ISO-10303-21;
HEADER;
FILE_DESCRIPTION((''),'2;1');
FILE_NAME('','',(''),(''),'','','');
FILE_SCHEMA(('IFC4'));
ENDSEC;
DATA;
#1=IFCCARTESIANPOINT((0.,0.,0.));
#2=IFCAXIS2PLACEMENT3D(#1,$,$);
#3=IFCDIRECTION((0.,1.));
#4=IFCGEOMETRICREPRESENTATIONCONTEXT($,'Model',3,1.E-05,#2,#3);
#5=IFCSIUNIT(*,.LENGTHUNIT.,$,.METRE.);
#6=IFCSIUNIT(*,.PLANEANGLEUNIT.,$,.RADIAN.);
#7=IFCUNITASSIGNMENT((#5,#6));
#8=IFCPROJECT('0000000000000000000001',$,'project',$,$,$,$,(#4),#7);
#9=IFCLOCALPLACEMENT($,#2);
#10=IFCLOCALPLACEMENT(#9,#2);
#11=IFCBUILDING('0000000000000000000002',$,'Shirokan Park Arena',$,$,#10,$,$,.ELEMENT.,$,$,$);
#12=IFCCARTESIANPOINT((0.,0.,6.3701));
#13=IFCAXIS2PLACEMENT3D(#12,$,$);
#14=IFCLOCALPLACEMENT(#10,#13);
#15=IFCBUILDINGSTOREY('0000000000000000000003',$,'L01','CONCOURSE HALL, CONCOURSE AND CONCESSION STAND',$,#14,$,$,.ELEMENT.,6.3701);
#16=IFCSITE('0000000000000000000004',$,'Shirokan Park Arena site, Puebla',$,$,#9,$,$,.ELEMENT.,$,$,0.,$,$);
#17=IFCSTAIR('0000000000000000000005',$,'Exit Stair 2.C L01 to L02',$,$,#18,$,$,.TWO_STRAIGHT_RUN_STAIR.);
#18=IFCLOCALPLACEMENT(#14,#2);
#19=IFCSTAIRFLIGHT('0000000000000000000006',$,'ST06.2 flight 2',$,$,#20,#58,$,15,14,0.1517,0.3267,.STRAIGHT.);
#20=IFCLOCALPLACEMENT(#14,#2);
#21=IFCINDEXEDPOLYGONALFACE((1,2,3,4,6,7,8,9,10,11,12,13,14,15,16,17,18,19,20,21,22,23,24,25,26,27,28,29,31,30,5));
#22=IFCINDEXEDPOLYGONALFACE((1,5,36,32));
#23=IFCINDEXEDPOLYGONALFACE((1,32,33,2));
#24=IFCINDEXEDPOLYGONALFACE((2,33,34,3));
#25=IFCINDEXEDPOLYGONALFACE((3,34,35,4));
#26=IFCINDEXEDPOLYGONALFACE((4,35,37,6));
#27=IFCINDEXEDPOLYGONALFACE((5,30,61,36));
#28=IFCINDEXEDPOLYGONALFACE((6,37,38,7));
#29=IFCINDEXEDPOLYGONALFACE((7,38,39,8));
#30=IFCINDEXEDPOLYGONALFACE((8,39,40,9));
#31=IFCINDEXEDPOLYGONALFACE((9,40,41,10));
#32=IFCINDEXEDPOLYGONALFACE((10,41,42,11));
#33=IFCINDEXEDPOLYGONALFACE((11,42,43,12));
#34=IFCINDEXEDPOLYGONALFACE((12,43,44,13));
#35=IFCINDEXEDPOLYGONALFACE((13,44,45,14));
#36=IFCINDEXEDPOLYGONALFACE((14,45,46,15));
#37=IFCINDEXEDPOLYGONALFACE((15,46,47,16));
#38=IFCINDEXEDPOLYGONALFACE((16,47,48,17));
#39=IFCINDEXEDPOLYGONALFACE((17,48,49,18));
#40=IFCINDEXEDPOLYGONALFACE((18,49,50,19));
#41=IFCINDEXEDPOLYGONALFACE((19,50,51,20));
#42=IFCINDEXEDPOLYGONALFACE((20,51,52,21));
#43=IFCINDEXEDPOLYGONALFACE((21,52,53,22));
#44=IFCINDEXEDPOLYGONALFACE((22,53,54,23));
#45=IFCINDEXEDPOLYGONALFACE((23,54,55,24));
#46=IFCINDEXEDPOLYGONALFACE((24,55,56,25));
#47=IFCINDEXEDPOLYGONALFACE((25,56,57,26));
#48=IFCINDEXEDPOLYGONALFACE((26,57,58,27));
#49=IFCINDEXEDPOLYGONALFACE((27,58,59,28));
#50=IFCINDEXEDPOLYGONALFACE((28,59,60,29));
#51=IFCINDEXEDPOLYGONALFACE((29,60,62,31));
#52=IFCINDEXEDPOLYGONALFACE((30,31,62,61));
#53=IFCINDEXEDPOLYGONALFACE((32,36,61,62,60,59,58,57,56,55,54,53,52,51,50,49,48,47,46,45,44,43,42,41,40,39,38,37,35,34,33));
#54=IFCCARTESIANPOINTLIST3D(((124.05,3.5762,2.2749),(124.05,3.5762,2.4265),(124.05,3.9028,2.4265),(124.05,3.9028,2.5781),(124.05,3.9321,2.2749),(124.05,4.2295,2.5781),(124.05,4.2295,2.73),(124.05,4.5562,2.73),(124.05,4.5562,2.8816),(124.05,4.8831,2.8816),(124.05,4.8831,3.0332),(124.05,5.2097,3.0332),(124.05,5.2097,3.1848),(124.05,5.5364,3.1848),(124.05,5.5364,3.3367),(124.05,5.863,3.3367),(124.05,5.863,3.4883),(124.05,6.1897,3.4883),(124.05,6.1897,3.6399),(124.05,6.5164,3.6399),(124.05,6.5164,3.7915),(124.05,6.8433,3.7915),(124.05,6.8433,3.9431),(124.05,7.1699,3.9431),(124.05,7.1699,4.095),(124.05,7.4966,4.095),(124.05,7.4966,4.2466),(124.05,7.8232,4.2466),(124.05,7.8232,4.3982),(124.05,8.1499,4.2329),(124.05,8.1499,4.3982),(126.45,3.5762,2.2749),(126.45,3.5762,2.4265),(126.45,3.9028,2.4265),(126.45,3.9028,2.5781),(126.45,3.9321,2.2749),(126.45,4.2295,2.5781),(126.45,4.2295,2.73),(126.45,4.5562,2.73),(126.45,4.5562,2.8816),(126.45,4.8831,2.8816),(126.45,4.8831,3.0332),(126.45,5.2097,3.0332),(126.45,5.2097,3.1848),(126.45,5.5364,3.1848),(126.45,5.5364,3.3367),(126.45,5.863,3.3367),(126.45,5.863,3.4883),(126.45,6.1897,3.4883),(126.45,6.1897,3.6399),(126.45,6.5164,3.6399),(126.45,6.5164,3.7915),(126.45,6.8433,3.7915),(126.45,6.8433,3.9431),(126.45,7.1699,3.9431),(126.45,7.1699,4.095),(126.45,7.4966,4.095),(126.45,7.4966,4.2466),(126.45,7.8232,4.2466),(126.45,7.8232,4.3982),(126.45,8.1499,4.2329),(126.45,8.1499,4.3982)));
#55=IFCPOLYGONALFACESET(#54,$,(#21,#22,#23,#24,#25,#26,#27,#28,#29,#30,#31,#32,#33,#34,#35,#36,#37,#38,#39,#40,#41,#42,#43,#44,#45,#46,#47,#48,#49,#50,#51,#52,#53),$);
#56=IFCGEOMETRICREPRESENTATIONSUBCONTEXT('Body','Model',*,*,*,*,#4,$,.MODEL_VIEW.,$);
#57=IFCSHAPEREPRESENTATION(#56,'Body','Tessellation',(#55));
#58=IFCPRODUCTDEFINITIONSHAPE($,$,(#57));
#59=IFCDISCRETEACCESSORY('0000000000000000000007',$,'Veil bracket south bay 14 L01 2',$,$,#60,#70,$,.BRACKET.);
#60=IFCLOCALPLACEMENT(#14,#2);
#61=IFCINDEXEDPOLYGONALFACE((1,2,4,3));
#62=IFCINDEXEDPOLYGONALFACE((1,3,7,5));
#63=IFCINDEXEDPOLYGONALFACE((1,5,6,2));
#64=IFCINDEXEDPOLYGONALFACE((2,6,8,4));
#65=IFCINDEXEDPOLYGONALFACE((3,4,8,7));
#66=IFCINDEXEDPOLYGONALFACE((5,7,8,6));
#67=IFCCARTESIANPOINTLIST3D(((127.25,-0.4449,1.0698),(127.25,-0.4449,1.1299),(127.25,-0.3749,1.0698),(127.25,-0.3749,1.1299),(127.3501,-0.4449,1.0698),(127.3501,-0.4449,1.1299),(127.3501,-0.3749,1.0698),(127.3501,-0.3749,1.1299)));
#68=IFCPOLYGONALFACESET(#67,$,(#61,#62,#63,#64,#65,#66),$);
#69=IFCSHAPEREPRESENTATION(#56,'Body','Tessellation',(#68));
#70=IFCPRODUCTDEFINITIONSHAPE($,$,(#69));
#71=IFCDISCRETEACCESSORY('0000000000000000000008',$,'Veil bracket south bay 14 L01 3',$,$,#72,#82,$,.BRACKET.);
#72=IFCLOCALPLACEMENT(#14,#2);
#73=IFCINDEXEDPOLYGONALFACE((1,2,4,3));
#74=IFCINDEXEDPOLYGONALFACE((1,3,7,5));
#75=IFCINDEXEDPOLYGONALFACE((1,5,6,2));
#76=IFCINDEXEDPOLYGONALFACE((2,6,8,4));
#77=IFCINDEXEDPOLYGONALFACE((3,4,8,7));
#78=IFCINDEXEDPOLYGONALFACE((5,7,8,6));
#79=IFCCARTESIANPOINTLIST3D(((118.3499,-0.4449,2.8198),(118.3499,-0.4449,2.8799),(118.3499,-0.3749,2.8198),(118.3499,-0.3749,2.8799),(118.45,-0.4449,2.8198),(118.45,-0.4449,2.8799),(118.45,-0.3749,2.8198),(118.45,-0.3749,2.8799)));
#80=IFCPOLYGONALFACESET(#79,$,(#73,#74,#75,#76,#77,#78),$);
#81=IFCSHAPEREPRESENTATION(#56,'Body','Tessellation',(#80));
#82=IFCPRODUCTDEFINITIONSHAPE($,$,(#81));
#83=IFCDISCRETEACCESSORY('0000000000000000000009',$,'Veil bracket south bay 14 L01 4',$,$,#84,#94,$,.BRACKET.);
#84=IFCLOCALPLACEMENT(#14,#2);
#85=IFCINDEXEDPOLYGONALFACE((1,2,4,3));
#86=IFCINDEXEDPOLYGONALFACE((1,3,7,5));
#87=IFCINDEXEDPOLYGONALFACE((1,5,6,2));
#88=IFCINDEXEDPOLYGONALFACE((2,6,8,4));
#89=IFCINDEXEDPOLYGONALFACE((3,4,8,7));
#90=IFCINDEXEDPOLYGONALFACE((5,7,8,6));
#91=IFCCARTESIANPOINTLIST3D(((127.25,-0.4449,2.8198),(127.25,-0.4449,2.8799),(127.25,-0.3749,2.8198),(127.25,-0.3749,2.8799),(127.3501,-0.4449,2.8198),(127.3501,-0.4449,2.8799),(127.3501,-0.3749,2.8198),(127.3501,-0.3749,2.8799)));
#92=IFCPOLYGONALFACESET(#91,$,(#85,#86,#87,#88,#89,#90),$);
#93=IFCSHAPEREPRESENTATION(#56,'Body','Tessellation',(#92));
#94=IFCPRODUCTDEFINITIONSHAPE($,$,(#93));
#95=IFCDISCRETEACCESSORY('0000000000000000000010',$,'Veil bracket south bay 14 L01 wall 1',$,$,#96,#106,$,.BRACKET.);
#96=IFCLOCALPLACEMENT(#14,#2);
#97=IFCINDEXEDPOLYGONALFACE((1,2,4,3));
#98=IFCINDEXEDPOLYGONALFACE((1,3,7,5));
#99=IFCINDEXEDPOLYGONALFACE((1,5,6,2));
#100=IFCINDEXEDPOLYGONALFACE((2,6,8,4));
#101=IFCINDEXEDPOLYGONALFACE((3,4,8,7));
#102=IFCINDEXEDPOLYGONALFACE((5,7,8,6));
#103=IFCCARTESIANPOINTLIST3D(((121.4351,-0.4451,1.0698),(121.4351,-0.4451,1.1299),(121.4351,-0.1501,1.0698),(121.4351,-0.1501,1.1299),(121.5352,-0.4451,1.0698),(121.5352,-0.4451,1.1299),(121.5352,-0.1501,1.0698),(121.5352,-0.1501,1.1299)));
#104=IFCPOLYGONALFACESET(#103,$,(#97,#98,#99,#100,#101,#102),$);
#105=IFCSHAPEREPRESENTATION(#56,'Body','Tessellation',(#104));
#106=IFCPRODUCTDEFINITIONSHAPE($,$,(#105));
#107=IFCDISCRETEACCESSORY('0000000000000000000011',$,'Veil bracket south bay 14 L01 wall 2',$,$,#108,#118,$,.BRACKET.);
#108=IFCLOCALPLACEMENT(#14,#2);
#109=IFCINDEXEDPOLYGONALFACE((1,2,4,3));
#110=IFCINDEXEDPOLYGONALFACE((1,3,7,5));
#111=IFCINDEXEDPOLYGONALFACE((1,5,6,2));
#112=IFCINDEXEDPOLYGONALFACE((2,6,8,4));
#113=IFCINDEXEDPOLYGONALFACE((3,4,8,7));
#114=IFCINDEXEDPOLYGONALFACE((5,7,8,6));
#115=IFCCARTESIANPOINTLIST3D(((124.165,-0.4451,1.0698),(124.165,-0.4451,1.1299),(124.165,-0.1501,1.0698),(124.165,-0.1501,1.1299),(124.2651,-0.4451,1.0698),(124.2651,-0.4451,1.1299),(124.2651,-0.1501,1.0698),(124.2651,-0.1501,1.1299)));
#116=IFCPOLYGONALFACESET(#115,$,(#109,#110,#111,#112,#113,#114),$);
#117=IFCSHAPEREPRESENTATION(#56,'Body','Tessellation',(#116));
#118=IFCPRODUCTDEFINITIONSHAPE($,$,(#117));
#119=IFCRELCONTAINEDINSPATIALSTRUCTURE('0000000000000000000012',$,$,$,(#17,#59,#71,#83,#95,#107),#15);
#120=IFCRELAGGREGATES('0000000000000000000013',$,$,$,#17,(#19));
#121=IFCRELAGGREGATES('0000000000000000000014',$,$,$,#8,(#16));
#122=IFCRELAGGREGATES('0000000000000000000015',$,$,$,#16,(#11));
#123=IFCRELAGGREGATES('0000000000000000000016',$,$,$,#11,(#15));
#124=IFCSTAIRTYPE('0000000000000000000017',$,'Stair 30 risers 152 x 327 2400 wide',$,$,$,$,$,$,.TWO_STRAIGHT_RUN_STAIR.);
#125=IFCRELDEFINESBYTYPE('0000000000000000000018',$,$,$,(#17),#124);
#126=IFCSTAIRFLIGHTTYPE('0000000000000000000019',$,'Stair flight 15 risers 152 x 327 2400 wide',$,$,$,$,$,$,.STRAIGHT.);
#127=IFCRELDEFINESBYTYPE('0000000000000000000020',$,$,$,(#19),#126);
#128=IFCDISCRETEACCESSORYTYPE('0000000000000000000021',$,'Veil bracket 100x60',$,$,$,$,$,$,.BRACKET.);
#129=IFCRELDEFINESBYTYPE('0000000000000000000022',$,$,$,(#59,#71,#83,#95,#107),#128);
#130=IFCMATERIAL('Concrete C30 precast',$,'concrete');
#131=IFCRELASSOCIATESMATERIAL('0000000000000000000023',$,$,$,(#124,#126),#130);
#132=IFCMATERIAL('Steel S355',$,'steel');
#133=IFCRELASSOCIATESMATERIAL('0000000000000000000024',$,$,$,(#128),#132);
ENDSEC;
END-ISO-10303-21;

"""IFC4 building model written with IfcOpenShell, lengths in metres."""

from ifc_helpers import new_model, si_unit, direction, frame, origin, origin_2d, place, context, subcontext, project, spatial, polyline, rectangle, outline, extrude, material, type_object, element, aggregate, save


model = new_model("IFC4")

# Units and contexts
model_context = context("Model", 3, precision=1e-05, world=origin(), true_north=direction((0.0, 1.0)))
body_context = subcontext(model_context, "Body", "Model", "MODEL_VIEW")
ifc_project = project(units=[si_unit("LENGTHUNIT", "METRE"), si_unit("PLANEANGLEUNIT", "RADIAN")], contexts=[model_context])

# Site, building, storey
site_placement = place(None, origin())
site = spatial("IfcSite", under=ifc_project, at=site_placement, Name="Shirokan Park Arena site, Puebla", CompositionType="ELEMENT", RefElevation=0.0)
building_placement = place(site_placement, origin())
building = spatial("IfcBuilding", under=site, at=building_placement, Name="Shirokan Park Arena", CompositionType="ELEMENT")
storey_placement = place(building_placement, frame((0.0, 0.0, 6.3701)))
storey = spatial("IfcBuildingStorey", under=building, at=storey_placement, Name="L01", Description="CONCOURSE HALL, CONCOURSE AND CONCESSION STAND", CompositionType="ELEMENT", Elevation=6.3701)

# Stair, stair flight
ifc_material_1 = material(Name="Concrete C30 precast", Category="concrete")
stair_type = type_object("IfcStairType", Name="Stair 30 risers 152 x 327 2400 wide", PredefinedType="TWO_STRAIGHT_RUN_STAIR", material=ifc_material_1)
stair_placement = place(storey_placement, origin())
stair = element("IfcStair", 1, at=stair_placement, inside=storey, type_object=stair_type, Name="Exit Stair 2.C L01 to L02", PredefinedType="TWO_STRAIGHT_RUN_STAIR")
stair_flight_type = type_object("IfcStairFlightType", Name="Stair flight 15 risers 152 x 327 2400 wide", PredefinedType="STRAIGHT", material=ifc_material_1)
stair_flight_1_placement = place(storey_placement, frame((125.25, 3.5762, 2.2749), z_axis=(0.0, 0.0, 1.0), x_axis=(0.0, 1.0, 0.0)))
stair_flight_1 = element("IfcStairFlight", 2, at=stair_flight_1_placement, type_object=stair_flight_type, Name="ST06.2 flight 2", NumberOfRisers=15, NumberOfTreads=14, PredefinedType="STRAIGHT", RiserHeight=0.1517, TreadLength=0.3267, context=body_context, shape_type="SweptSolid", body=[
    extrude(outline(polyline([(0.0, 0.0), (0.0, 0.1516), (0.3267, 0.1516), (0.3267, 0.3032), (0.6533, 0.3032), (0.6533, 0.4551), (0.98, 0.4551), (0.98, 0.6067), (1.3069, 0.6067), (1.3069, 0.7583), (1.6335, 0.7583), (1.6335, 0.9099), (1.9602, 0.9099), (1.9602, 1.0618), (2.2869, 1.0618), (2.2869, 1.2134), (2.6135, 1.2134), (2.6135, 1.365), (2.9402, 1.365), (2.9402, 1.5166), (3.2671, 1.5166), (3.2671, 1.6682), (3.5938, 1.6682), (3.5938, 1.8201), (3.9204, 1.8201), (3.9204, 1.9717), (4.2471, 1.9717), (4.2471, 2.1233), (4.5737, 2.1233), (4.5737, 2.2749), (4.5737, 1.958), (0.356, 0.0), (0.0, 0.0)])), frame((0.0, 1.2, 0.0), z_axis=(0.0, -1.0, 0.0), x_axis=(1.0, 0.0, 0.0)), (0.0, 0.0, 1.0), 2.3999),
])
aggregate(stair, [stair_flight_1])

# Discrete accessories
ifc_material_2 = material(Name="Steel S355", Category="steel")
discrete_accessory_type = type_object("IfcDiscreteAccessoryType", Name="Veil bracket 100x60", PredefinedType="BRACKET", material=ifc_material_2)
for number, where, z_axis, x_axis, name in (
    (3, (127.3, -0.4099, 1.0698), (0.0, 0.0, 1.0), (1.0, 0.0, 0.0), "Veil bracket south bay 14 L01 2"),
    (4, (118.3999, -0.4099, 2.8198), (0.0, 0.0, 1.0), (1.0, 0.0, 0.0), "Veil bracket south bay 14 L01 3"),
    (5, (127.3, -0.4099, 2.8198), (0.0, 0.0, 1.0), (1.0, 0.0, 0.0), "Veil bracket south bay 14 L01 4"),
):
    element("IfcDiscreteAccessory", number, at=place(storey_placement, frame(where, z_axis=z_axis, x_axis=x_axis)), inside=storey, type_object=discrete_accessory_type, Name=name, PredefinedType="BRACKET", context=body_context, shape_type="SweptSolid", body=[
        extrude(rectangle(XDim=0.1001, YDim=0.0701, at=origin_2d()), origin(), (0.0, 0.0, 1.0), 0.0601),
    ])
for number, where, z_axis, x_axis, name in (
    (6, (121.4851, -0.2976, 1.0698), (0.0, 0.0, 1.0), (1.0, 0.0, 0.0), "Veil bracket south bay 14 L01 wall 1"),
    (7, (124.2151, -0.2976, 1.0698), (0.0, 0.0, 1.0), (1.0, 0.0, 0.0), "Veil bracket south bay 14 L01 wall 2"),
):
    element("IfcDiscreteAccessory", number, at=place(storey_placement, frame(where, z_axis=z_axis, x_axis=x_axis)), inside=storey, type_object=discrete_accessory_type, Name=name, PredefinedType="BRACKET", context=body_context, shape_type="SweptSolid", body=[
        extrude(rectangle(XDim=0.1001, YDim=0.2949, at=origin_2d()), origin(), (0.0, 0.0, 1.0), 0.0601),
    ])

save(model, "model.ifc")
